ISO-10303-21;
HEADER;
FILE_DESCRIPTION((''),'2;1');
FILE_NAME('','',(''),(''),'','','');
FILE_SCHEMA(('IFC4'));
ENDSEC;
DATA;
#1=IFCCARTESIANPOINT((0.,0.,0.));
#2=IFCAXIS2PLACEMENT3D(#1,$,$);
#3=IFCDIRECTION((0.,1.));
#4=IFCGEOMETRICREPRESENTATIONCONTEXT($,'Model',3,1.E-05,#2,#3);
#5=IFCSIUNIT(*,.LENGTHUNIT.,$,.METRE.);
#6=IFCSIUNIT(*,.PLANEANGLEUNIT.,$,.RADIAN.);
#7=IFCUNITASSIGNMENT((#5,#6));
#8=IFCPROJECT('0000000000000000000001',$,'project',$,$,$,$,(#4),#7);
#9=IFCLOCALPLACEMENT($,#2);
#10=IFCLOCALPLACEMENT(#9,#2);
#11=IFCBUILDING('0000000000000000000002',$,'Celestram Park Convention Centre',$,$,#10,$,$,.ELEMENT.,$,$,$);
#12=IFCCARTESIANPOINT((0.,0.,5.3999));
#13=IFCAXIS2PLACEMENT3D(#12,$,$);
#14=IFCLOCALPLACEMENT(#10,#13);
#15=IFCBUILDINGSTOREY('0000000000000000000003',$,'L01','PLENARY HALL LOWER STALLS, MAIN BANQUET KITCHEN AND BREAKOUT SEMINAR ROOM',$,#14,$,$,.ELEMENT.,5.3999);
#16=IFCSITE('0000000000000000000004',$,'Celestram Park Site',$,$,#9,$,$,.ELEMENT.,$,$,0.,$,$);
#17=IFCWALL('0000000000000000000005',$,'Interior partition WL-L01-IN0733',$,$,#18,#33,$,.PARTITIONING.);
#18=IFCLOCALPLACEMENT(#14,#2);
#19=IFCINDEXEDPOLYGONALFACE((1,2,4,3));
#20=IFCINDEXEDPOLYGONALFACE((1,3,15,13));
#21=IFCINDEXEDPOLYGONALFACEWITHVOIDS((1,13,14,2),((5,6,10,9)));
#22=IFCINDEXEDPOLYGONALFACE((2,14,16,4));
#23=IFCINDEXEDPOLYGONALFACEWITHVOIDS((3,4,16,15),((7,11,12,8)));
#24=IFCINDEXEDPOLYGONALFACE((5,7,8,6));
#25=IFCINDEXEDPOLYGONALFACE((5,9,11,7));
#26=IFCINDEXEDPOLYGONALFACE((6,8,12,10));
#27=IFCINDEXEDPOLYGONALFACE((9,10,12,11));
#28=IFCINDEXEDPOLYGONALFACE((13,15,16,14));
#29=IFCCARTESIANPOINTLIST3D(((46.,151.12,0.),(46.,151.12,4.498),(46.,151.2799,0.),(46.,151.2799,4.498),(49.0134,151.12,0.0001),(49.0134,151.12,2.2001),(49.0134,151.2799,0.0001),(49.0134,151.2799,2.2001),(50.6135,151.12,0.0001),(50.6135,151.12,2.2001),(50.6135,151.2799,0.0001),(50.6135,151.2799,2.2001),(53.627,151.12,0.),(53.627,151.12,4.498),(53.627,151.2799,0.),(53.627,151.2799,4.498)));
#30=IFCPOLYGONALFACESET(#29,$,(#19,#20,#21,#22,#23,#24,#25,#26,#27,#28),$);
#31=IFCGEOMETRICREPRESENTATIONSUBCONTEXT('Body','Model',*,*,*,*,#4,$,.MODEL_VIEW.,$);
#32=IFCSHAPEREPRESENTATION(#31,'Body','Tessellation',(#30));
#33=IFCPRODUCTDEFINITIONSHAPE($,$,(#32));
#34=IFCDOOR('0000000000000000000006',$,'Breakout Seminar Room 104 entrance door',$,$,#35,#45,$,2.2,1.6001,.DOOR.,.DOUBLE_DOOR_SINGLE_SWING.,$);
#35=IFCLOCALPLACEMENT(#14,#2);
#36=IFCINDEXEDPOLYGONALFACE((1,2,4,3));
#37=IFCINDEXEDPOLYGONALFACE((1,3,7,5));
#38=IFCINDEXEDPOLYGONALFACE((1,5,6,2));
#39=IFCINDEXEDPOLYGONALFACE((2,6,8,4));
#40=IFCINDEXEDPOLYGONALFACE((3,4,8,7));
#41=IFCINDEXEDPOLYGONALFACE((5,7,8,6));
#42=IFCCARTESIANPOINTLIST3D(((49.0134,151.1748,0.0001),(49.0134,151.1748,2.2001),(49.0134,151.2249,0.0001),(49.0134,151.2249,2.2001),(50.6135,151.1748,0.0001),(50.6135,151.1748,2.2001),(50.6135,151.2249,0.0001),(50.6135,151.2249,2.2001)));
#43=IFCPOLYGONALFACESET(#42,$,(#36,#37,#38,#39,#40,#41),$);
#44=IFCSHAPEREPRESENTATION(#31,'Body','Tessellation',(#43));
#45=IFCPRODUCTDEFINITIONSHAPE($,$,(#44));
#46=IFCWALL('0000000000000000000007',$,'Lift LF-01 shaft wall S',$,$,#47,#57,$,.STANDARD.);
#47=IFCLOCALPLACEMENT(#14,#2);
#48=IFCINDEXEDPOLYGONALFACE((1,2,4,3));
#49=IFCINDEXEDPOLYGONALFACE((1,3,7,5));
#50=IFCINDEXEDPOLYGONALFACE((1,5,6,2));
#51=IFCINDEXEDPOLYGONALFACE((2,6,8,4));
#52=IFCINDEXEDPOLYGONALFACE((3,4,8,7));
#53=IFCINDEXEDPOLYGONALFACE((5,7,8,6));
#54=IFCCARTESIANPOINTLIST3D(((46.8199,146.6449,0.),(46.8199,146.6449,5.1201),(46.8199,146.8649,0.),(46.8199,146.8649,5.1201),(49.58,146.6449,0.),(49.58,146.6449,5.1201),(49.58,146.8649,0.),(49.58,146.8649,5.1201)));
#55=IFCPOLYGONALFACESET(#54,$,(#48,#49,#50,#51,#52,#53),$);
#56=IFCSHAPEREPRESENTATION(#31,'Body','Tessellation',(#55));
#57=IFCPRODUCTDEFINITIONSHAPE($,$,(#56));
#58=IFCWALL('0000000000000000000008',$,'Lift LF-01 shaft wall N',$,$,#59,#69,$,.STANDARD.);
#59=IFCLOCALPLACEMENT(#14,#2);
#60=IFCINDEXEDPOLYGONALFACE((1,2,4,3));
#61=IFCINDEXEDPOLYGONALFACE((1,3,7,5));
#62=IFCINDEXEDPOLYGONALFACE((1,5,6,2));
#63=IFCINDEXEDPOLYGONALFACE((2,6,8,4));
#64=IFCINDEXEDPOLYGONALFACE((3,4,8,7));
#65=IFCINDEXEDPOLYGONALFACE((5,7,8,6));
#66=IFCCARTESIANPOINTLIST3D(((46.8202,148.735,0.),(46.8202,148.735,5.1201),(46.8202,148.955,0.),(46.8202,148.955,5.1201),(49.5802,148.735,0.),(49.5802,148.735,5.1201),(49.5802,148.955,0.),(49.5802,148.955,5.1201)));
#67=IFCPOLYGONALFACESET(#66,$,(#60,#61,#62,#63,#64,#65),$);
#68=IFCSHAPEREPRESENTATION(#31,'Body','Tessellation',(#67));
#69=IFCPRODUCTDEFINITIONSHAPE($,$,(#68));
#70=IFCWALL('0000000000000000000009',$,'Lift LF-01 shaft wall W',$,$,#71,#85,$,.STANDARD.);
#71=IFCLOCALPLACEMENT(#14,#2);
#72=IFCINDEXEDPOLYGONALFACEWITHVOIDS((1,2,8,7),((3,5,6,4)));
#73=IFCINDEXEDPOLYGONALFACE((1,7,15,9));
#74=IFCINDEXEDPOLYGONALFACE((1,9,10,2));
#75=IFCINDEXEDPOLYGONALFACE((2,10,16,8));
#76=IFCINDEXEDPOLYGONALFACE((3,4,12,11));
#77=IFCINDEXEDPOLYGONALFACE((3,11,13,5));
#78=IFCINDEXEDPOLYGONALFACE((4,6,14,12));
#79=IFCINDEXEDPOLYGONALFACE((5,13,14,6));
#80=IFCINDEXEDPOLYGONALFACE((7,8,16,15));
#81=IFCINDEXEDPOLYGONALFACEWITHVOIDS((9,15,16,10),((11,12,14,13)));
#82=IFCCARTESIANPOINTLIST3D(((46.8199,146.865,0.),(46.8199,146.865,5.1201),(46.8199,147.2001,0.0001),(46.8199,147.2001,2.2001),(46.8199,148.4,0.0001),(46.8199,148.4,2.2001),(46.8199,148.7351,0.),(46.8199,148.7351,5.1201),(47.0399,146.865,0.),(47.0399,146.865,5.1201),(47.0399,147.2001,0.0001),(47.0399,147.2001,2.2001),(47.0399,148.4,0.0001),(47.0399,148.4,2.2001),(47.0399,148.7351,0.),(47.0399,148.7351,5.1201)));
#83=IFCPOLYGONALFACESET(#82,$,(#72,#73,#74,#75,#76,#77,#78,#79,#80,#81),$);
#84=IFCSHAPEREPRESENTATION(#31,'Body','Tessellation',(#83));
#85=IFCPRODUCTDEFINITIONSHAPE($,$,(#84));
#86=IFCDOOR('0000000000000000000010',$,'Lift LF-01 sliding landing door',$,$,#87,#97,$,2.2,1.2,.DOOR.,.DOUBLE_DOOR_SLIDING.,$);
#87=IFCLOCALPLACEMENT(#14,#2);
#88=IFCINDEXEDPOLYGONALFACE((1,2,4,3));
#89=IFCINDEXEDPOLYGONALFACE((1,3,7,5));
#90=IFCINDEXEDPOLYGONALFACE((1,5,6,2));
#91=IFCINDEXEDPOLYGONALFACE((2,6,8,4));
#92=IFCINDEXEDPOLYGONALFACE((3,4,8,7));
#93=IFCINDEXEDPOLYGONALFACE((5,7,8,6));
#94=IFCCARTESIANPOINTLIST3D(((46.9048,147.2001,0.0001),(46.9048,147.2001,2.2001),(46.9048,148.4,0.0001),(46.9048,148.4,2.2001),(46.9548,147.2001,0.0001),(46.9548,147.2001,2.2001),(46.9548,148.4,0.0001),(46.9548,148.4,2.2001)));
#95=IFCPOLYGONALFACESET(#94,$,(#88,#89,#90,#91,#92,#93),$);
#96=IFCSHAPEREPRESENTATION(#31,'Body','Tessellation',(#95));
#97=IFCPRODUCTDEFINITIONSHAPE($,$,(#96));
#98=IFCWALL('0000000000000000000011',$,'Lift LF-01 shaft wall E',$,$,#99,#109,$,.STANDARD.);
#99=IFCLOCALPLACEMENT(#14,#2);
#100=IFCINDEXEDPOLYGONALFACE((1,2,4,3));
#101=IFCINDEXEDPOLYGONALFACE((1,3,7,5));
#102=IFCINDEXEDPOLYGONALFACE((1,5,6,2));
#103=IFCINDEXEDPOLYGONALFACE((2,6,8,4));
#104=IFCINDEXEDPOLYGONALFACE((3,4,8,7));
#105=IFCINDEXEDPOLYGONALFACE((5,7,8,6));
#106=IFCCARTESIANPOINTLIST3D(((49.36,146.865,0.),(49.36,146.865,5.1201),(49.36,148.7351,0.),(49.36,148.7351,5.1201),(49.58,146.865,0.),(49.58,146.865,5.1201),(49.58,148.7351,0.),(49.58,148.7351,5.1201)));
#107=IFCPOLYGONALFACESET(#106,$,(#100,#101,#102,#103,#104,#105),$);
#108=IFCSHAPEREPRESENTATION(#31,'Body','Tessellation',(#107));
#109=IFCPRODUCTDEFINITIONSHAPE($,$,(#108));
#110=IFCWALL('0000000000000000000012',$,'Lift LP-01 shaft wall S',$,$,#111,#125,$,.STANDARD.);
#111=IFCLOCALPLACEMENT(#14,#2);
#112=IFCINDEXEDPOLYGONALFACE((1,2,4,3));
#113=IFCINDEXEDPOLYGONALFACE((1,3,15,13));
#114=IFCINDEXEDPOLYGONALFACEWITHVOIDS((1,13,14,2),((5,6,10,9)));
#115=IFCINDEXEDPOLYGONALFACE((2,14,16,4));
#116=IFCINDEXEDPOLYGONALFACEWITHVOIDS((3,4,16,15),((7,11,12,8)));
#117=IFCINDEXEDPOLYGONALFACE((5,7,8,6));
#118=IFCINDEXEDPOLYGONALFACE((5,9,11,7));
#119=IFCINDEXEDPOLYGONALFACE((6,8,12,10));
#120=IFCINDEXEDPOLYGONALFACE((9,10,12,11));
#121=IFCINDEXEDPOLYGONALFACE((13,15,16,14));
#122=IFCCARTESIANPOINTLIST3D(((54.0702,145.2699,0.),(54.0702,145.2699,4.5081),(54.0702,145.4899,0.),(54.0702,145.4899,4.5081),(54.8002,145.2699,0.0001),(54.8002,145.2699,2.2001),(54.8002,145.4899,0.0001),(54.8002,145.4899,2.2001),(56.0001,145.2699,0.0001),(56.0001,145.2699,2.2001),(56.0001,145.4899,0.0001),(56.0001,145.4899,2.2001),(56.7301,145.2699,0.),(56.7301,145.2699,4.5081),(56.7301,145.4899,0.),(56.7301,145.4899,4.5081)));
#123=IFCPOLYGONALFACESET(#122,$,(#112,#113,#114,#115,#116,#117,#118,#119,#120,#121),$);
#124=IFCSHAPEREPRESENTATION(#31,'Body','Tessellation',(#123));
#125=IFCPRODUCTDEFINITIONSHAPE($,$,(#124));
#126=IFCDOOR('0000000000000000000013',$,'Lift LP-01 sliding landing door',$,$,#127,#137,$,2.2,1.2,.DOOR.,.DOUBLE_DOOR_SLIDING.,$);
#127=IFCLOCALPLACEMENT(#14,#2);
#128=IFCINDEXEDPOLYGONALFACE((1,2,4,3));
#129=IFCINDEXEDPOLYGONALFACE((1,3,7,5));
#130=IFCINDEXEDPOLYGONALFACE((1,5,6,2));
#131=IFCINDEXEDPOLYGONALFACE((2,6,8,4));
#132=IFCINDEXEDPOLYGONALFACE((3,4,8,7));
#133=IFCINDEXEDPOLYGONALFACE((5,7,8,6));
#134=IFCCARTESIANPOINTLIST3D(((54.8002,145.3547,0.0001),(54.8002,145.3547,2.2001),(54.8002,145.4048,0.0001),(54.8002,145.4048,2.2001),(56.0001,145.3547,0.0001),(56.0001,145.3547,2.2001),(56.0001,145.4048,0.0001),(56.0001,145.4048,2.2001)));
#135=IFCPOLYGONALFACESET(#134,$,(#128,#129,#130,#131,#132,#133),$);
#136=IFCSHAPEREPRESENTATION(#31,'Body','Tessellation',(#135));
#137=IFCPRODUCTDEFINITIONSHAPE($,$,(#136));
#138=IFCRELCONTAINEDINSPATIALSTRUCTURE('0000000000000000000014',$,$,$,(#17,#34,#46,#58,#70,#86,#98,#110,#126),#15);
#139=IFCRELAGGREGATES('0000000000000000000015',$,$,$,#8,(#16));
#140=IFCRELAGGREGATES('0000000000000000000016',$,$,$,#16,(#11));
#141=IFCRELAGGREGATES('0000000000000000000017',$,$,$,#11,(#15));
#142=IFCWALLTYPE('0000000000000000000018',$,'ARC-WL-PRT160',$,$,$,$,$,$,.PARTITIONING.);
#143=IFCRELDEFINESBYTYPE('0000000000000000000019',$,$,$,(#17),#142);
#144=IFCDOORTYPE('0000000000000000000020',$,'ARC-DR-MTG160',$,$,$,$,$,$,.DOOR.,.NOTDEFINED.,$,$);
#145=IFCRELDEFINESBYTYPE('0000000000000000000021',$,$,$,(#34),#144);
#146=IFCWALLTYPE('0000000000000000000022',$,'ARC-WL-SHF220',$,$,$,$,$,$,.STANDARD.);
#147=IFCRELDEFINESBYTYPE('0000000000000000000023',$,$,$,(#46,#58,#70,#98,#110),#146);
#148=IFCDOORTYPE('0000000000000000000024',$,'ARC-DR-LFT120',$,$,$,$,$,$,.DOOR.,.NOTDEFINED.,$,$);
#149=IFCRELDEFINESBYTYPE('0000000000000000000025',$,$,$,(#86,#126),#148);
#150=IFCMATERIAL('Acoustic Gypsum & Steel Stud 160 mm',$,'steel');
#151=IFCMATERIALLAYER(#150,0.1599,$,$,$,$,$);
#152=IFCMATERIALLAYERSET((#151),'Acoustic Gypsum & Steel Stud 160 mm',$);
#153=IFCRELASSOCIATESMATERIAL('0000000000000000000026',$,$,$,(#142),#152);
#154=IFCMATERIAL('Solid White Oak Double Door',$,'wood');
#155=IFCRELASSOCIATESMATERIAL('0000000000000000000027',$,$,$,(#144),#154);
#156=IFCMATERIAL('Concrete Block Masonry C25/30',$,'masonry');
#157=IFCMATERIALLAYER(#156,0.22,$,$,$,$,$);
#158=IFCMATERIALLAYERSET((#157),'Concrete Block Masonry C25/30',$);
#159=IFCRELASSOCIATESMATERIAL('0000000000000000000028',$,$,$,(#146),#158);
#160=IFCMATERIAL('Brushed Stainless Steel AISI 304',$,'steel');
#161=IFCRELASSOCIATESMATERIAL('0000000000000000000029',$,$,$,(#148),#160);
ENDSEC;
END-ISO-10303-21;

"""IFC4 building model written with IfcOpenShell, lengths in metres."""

from ifc_helpers import new_model, si_unit, direction, frame, frame_2d, origin, place, context, subcontext, project, spatial, rectangle, extrude, material, layer, layer_set, type_object, element, fill, save


model = new_model("IFC4")

# Units and contexts
model_context = context("Model", 3, precision=1e-05, world=origin(), true_north=direction((0.0, 1.0)))
body_context = subcontext(model_context, "Body", "Model", "MODEL_VIEW")
ifc_project = project(units=[si_unit("LENGTHUNIT", "METRE"), si_unit("PLANEANGLEUNIT", "RADIAN")], contexts=[model_context])

# Site, building, storey
site_placement = place(None, origin())
site = spatial("IfcSite", under=ifc_project, at=site_placement, Name="Celestram Park Site", CompositionType="ELEMENT", RefElevation=0.0)
building_placement = place(site_placement, origin())
building = spatial("IfcBuilding", under=site, at=building_placement, Name="Celestram Park Convention Centre", CompositionType="ELEMENT")
storey_placement = place(building_placement, frame((0.0, 0.0, 5.3999)))
storey = spatial("IfcBuildingStorey", under=building, at=storey_placement, Name="L01", Description="PLENARY HALL LOWER STALLS, MAIN BANQUET KITCHEN AND BREAKOUT SEMINAR ROOM", CompositionType="ELEMENT", Elevation=5.3999)

# Shared definitions
ifc_material_1 = material(Name="Concrete Block Masonry C25/30", Category="masonry")

# Wall, opening, door
ifc_material_2 = material(Name="Acoustic Gypsum & Steel Stud 160 mm", Category="steel")
ifc_layer_1 = layer(ifc_material_2, 0.1599)
ifc_layer_set_1 = layer_set([ifc_layer_1], Name="Acoustic Gypsum & Steel Stud 160 mm")
wall_type_1 = type_object("IfcWallType", Name="ARC-WL-PRT160", PredefinedType="PARTITIONING", material=ifc_layer_set_1)
wall_1_placement = place(storey_placement, frame((46.0, 151.2, 0.0), z_axis=(0.0, 0.0, 1.0), x_axis=(1.0, 0.0, 0.0)))
wall_1 = element("IfcWall", 1, at=wall_1_placement, inside=storey, type_object=wall_type_1, Name="Interior partition WL-L01-IN0733", PredefinedType="PARTITIONING", context=body_context, shape_type="SweptSolid", body=[
    extrude(rectangle(XDim=7.627, YDim=0.1599, at=frame_2d((3.8135, 0.0))), origin(), (0.0, 0.0, 1.0), 4.498),
])
opening_1_placement = place(wall_1_placement, frame((3.0134, 0.0, 0.0)))
opening_1 = element("IfcOpeningElement", 2, at=opening_1_placement, cuts=wall_1, PredefinedType="OPENING", context=body_context, shape_type="SweptSolid", body=[
    extrude(rectangle(XDim=1.6001, YDim=2.2, at=frame_2d((0.8, 1.1001))), frame((0.0, 0.0898, 0.0), z_axis=(0.0, -1.0, 0.0), x_axis=(1.0, 0.0, 0.0)), (0.0, 0.0, 1.0), 0.1799),
])
ifc_material_3 = material(Name="Solid White Oak Double Door", Category="wood")
door_type_1 = type_object("IfcDoorType", Name="ARC-DR-MTG160", OperationType="NOTDEFINED", PredefinedType="DOOR", material=ifc_material_3)
door_1_placement = place(opening_1_placement, origin())
door_1 = element("IfcDoor", 3, at=door_1_placement, inside=storey, type_object=door_type_1, Name="Breakout Seminar Room 104 entrance door", OperationType="DOUBLE_DOOR_SINGLE_SWING", OverallHeight=2.2, OverallWidth=1.6001, PredefinedType="DOOR", context=body_context, shape_type="SweptSolid", body=[
    extrude(rectangle(XDim=1.6001, YDim=2.2, at=frame_2d((0.8, 1.1001))), frame((0.0, 0.0249, 0.0), z_axis=(0.0, -1.0, 0.0), x_axis=(1.0, 0.0, 0.0)), (0.0, 0.0, 1.0), 0.05),
])
fill(opening_1, door_1)

# Walls
ifc_layer_2 = layer(ifc_material_1, 0.22)
ifc_layer_set_2 = layer_set([ifc_layer_2], Name="Concrete Block Masonry C25/30")
wall_type_2 = type_object("IfcWallType", Name="ARC-WL-SHF220", PredefinedType="STANDARD", material=ifc_layer_set_2)
for number, where, z_axis, x_axis, name in (
    (4, (46.8201, 146.7549, 0.0), (0.0, 0.0, 1.0), (1.0, 0.0, 0.0), "Lift LF-01 shaft wall S"),
    (5, (49.5801, 148.845, 0.0), (0.0, 0.0, 1.0), (-1.0, 0.0, 0.0), "Lift LF-01 shaft wall N"),
):
    element("IfcWall", number, at=place(storey_placement, frame(where, z_axis=z_axis, x_axis=x_axis)), inside=storey, type_object=wall_type_2, Name=name, PredefinedType="STANDARD", context=body_context, shape_type="SweptSolid", body=[
        extrude(rectangle(XDim=2.76, YDim=0.22, at=frame_2d((1.3799, 0.0))), origin(), (0.0, 0.0, 1.0), 5.1201),
    ])

# Wall, opening, door
wall_2_placement = place(storey_placement, frame((46.9299, 148.7351, 0.0), z_axis=(0.0, 0.0, 1.0), x_axis=(0.0, -1.0, 0.0)))
wall_2 = element("IfcWall", 6, at=wall_2_placement, inside=storey, type_object=wall_type_2, Name="Lift LF-01 shaft wall W", PredefinedType="STANDARD", context=body_context, shape_type="SweptSolid", body=[
    extrude(rectangle(XDim=1.8701, YDim=0.22, at=frame_2d((0.9351, 0.0))), origin(), (0.0, 0.0, 1.0), 5.1201),
])
opening_2_placement = place(wall_2_placement, frame((0.335, 0.0, 0.0)))
opening_2 = element("IfcOpeningElement", 7, at=opening_2_placement, cuts=wall_2, PredefinedType="OPENING", context=body_context, shape_type="SweptSolid", body=[
    extrude(rectangle(XDim=1.2, YDim=2.2, at=frame_2d((0.6001, 1.1001))), frame((0.0, 0.1199, 0.0), z_axis=(0.0, -1.0, 0.0), x_axis=(1.0, 0.0, 0.0)), (0.0, 0.0, 1.0), 0.24),
])
ifc_material_4 = material(Name="Brushed Stainless Steel AISI 304", Category="steel")
door_type_2 = type_object("IfcDoorType", Name="ARC-DR-LFT120", OperationType="NOTDEFINED", PredefinedType="DOOR", material=ifc_material_4)
door_2_placement = place(opening_2_placement, origin())
door_2 = element("IfcDoor", 8, at=door_2_placement, inside=storey, type_object=door_type_2, Name="Lift LF-01 sliding landing door", OperationType="DOUBLE_DOOR_SLIDING", OverallHeight=2.2, OverallWidth=1.2, PredefinedType="DOOR", context=body_context, shape_type="SweptSolid", body=[
    extrude(rectangle(XDim=1.2, YDim=2.2, at=frame_2d((0.6001, 1.1001))), frame((0.0, 0.0249, 0.0), z_axis=(0.0, -1.0, 0.0), x_axis=(1.0, 0.0, 0.0)), (0.0, 0.0, 1.0), 0.05),
])
fill(opening_2, door_2)

# Wall
wall_3_placement = place(storey_placement, frame((49.47, 146.865, 0.0), z_axis=(0.0, 0.0, 1.0), x_axis=(0.0, 1.0, 0.0)))
element("IfcWall", 9, at=wall_3_placement, inside=storey, type_object=wall_type_2, Name="Lift LF-01 shaft wall E", PredefinedType="STANDARD", context=body_context, shape_type="SweptSolid", body=[
    extrude(rectangle(XDim=1.8701, YDim=0.22, at=frame_2d((0.9351, 0.0))), origin(), (0.0, 0.0, 1.0), 5.1201),
])

# Wall, opening, door
wall_4_placement = place(storey_placement, frame((54.0701, 145.3799, 0.0), z_axis=(0.0, 0.0, 1.0), x_axis=(1.0, 0.0, 0.0)))
wall_4 = element("IfcWall", 10, at=wall_4_placement, inside=storey, type_object=wall_type_2, Name="Lift LP-01 shaft wall S", PredefinedType="STANDARD", context=body_context, shape_type="SweptSolid", body=[
    extrude(rectangle(XDim=2.6599, YDim=0.22, at=frame_2d((1.3301, 0.0))), origin(), (0.0, 0.0, 1.0), 4.5081),
])
opening_3_placement = place(wall_4_placement, frame((0.73, 0.0, 0.0)))
opening_3 = element("IfcOpeningElement", 11, at=opening_3_placement, cuts=wall_4, PredefinedType="OPENING", context=body_context, shape_type="SweptSolid", body=[
    extrude(rectangle(XDim=1.2, YDim=2.2, at=frame_2d((0.6001, 1.1001))), frame((0.0, 0.1199, 0.0), z_axis=(0.0, -1.0, 0.0), x_axis=(1.0, 0.0, 0.0)), (0.0, 0.0, 1.0), 0.24),
])
door_3_placement = place(opening_3_placement, origin())
door_3 = element("IfcDoor", 12, at=door_3_placement, inside=storey, type_object=door_type_2, Name="Lift LP-01 sliding landing door", OperationType="DOUBLE_DOOR_SLIDING", OverallHeight=2.2, OverallWidth=1.2, PredefinedType="DOOR", context=body_context, shape_type="SweptSolid", body=[
    extrude(rectangle(XDim=1.2, YDim=2.2, at=frame_2d((0.6001, 1.1001))), frame((0.0, 0.0249, 0.0), z_axis=(0.0, -1.0, 0.0), x_axis=(1.0, 0.0, 0.0)), (0.0, 0.0, 1.0), 0.05),
])
fill(opening_3, door_3)

save(model, "model.ifc")
